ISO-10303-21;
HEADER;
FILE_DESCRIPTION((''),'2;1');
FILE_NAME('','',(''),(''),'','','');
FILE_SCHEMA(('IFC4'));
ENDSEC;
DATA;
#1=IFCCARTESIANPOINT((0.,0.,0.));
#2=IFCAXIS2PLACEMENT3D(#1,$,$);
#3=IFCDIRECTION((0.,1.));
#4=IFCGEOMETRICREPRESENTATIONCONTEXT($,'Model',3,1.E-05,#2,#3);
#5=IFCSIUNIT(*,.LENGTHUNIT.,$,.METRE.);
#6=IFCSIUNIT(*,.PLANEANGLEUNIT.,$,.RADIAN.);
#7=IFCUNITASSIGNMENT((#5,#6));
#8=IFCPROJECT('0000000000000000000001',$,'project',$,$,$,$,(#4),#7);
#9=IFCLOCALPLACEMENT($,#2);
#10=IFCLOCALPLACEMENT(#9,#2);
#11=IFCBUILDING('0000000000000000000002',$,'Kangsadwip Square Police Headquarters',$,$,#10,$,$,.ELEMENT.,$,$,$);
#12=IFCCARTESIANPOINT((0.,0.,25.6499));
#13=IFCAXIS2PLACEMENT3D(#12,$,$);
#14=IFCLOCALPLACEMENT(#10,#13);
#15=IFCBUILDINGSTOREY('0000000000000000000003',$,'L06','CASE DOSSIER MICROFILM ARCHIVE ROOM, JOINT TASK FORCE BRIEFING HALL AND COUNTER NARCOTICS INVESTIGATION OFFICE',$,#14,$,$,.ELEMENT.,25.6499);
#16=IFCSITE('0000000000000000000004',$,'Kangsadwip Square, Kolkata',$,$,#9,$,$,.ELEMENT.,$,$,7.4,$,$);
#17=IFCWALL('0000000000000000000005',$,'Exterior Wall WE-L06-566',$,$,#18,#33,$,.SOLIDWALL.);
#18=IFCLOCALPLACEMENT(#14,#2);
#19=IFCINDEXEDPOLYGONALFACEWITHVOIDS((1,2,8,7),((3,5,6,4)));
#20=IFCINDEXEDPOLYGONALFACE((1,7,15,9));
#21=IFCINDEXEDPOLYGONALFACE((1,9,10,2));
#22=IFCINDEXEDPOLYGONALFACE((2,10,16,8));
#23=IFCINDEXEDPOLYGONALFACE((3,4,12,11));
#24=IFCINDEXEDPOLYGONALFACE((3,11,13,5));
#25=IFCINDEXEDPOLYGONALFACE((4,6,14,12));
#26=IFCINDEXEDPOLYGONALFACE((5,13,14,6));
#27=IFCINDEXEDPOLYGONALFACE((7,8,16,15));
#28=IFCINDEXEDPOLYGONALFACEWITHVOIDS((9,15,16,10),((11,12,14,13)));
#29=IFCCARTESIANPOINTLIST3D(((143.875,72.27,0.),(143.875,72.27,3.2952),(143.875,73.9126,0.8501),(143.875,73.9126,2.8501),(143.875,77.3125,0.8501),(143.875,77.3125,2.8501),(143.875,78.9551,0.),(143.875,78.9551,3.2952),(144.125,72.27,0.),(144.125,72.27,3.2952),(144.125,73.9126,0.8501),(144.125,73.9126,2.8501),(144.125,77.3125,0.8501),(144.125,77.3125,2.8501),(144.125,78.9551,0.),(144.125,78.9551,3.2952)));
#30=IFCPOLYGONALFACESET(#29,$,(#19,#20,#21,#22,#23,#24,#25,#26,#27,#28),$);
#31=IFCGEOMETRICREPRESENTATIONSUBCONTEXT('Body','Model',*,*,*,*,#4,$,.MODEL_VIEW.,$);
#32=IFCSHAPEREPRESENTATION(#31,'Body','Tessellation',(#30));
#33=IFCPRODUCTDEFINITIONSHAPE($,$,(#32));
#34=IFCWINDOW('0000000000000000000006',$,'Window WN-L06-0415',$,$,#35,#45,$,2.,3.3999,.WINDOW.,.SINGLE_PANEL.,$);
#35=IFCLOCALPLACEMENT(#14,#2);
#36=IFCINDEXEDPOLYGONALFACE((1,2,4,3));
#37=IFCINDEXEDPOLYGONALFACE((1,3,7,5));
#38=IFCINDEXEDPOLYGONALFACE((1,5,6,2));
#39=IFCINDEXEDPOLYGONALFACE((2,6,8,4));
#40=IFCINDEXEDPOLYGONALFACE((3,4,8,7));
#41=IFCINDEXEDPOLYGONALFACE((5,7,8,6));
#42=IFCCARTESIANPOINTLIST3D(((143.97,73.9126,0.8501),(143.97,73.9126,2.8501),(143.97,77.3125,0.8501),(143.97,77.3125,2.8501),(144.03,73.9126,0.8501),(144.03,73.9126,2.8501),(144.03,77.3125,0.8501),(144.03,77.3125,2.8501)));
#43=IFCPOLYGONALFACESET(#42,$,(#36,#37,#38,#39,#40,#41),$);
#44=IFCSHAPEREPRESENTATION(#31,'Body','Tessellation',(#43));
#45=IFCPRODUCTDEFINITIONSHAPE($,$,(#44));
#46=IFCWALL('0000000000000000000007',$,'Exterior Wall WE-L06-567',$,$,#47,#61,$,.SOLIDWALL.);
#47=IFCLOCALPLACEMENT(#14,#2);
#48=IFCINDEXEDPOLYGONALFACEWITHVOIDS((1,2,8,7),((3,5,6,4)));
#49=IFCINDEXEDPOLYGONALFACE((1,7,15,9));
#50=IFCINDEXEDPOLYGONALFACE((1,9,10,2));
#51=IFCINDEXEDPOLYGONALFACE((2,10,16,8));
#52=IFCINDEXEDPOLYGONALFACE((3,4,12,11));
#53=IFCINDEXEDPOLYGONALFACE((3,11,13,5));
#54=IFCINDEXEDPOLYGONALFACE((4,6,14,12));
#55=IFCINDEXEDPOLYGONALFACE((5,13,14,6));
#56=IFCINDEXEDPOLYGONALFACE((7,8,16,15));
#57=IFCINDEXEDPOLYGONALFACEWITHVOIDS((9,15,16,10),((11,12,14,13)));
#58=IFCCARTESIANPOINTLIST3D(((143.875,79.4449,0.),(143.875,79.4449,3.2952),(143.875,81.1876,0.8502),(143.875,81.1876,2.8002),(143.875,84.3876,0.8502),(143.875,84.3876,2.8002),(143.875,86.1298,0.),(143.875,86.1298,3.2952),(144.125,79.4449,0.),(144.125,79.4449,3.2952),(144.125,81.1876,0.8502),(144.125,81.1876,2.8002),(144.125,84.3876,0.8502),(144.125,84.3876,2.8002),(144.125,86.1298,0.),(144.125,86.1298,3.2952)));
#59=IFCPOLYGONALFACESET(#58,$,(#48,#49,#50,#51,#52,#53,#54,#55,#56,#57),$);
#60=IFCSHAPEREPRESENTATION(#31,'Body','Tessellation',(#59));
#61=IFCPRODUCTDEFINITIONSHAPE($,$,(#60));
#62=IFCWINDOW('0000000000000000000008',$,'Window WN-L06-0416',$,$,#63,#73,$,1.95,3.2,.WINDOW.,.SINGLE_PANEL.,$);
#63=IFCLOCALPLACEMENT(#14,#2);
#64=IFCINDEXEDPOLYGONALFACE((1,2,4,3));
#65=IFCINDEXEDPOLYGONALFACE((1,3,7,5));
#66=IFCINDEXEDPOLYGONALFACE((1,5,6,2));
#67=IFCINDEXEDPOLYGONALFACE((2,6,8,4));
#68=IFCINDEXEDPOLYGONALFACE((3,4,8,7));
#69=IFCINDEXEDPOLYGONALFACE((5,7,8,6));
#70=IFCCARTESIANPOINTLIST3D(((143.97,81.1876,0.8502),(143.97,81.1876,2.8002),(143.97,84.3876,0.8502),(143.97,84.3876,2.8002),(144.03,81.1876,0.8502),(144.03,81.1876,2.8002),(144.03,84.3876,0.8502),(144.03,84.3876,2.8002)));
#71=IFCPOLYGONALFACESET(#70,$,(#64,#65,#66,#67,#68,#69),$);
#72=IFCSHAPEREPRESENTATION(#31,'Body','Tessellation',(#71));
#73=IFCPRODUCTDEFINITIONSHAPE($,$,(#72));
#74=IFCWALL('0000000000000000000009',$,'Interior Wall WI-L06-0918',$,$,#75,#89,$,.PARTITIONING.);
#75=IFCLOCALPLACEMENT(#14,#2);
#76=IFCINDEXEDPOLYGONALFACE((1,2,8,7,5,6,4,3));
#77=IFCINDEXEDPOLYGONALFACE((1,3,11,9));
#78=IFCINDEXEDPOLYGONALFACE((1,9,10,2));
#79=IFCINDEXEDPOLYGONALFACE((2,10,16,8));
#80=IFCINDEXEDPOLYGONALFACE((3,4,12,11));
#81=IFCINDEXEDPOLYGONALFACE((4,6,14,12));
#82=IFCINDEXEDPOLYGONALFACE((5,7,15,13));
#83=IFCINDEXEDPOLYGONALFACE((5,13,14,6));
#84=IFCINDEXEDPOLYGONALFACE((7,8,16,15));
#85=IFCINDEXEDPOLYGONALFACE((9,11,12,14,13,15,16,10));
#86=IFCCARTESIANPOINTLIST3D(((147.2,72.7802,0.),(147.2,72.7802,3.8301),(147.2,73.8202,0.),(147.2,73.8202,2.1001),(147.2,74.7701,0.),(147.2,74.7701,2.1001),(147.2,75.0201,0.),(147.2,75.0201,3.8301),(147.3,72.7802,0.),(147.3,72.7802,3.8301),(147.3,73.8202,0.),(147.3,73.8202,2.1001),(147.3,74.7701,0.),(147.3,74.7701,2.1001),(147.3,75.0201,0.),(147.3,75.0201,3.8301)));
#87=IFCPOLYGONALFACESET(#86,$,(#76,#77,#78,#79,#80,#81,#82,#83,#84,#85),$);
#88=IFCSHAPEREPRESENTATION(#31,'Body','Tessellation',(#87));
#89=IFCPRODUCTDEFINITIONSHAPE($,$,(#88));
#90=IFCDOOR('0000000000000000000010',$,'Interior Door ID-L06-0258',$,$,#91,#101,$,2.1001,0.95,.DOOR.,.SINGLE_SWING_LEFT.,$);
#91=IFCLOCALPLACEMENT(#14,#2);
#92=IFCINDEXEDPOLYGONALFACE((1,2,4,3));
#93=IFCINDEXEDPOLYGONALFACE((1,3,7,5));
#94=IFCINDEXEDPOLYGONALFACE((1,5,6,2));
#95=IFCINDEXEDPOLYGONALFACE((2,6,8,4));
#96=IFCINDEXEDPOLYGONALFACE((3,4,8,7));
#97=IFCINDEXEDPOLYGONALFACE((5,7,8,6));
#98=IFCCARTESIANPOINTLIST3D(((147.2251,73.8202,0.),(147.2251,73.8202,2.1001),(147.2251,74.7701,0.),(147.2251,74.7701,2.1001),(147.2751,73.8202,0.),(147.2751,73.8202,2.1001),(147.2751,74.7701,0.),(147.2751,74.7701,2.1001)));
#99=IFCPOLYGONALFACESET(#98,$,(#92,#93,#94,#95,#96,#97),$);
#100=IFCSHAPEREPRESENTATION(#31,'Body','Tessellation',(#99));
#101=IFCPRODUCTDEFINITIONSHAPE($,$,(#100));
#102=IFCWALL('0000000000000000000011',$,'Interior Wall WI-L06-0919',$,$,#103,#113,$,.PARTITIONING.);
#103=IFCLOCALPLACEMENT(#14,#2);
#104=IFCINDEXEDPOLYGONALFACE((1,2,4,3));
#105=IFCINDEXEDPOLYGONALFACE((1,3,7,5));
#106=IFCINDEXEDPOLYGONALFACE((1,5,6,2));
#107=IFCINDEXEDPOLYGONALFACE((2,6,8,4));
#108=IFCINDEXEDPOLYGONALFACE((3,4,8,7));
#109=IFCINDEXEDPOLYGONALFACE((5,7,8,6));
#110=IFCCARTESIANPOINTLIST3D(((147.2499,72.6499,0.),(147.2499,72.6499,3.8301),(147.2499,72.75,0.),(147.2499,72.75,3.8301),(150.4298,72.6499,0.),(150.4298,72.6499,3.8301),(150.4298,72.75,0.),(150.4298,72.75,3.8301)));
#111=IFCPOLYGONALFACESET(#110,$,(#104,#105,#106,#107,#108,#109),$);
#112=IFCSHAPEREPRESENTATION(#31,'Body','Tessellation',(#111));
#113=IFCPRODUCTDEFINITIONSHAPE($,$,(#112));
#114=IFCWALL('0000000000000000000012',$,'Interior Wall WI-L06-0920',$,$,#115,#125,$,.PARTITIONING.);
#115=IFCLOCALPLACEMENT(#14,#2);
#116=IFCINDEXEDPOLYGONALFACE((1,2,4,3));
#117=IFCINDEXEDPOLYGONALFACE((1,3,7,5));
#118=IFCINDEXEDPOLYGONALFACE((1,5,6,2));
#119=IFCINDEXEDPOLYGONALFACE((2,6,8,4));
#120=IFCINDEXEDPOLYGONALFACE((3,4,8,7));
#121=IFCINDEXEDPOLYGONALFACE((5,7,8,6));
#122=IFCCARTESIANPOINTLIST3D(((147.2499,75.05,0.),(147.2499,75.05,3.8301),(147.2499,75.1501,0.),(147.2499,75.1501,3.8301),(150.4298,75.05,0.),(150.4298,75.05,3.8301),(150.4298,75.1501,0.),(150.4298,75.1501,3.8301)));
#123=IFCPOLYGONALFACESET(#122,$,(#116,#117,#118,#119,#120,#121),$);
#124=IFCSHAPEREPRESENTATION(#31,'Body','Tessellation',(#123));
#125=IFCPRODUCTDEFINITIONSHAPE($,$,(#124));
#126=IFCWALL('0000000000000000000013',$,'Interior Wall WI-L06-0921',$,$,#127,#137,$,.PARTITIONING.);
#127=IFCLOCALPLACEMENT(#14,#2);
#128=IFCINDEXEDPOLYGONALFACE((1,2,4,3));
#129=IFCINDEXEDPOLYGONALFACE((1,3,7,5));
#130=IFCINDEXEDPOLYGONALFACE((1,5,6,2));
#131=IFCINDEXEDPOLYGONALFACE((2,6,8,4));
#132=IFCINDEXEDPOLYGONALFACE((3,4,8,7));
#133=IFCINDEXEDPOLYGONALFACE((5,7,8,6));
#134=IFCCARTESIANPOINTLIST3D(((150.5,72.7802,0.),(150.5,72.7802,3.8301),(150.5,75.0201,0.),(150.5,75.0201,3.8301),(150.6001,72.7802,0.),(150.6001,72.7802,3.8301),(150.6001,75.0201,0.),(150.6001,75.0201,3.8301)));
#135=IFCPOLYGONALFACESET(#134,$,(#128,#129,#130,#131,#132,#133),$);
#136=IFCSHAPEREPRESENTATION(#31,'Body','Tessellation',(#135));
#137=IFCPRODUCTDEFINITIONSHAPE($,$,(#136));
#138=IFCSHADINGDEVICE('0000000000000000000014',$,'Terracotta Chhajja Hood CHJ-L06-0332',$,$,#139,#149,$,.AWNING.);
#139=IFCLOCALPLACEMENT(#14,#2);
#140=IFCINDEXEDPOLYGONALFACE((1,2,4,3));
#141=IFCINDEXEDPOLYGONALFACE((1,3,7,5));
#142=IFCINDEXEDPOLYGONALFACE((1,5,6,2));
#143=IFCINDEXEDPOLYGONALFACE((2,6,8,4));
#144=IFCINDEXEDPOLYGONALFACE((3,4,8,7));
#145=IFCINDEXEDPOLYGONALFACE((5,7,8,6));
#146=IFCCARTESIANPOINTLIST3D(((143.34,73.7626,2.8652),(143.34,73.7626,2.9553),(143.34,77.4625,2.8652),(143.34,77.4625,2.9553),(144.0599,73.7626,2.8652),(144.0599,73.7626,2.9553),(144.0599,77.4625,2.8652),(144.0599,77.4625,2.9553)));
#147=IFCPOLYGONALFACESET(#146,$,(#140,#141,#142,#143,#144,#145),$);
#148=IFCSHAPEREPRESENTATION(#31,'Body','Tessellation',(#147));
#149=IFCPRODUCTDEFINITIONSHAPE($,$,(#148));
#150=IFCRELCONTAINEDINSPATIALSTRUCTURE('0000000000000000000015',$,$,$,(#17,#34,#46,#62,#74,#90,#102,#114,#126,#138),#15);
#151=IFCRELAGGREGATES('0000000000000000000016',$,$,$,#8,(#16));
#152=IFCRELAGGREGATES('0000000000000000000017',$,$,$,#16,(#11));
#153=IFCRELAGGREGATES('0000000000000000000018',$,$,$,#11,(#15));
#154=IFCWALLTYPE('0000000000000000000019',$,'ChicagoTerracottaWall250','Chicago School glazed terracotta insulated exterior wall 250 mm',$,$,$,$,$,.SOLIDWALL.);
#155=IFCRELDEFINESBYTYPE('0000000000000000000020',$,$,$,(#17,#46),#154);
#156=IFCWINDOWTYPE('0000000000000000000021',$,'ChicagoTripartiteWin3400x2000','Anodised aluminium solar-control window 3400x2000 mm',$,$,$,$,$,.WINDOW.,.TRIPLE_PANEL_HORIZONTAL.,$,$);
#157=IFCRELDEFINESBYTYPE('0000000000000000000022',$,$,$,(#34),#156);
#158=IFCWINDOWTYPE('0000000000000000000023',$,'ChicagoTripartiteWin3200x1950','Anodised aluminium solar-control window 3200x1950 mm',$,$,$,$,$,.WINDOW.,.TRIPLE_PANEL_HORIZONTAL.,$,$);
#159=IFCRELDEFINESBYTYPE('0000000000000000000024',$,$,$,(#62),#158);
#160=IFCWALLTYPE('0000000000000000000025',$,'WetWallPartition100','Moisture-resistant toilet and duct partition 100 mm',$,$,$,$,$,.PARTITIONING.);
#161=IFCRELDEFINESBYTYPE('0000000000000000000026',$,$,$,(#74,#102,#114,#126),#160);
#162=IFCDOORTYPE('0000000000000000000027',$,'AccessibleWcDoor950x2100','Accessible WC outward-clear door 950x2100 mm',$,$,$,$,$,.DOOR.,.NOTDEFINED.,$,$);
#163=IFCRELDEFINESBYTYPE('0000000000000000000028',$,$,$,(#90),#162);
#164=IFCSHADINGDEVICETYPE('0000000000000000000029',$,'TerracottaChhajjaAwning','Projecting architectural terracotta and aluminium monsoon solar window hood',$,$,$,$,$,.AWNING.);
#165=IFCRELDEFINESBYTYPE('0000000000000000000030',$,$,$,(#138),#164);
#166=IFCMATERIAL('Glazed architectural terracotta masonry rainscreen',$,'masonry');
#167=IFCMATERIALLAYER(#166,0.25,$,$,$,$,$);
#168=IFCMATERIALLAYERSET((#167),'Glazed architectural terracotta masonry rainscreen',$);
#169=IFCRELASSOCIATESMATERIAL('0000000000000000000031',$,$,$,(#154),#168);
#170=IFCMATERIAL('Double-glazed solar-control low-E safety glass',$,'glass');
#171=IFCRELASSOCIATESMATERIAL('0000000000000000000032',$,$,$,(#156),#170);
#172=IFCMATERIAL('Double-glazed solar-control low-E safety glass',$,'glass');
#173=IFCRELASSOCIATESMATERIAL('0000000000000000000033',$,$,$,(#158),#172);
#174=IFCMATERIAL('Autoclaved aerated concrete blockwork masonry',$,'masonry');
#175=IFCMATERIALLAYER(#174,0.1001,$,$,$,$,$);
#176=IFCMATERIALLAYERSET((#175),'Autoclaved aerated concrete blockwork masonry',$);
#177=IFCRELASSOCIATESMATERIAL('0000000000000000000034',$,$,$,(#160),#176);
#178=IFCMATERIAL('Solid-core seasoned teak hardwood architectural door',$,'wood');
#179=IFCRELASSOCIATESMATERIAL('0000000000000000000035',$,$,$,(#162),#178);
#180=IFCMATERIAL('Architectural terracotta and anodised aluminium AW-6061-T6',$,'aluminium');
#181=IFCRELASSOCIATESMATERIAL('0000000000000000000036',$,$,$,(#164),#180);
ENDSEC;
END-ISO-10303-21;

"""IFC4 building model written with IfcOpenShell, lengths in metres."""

from ifc_helpers import new_model, si_unit, direction, frame, frame_2d, origin, origin_2d, place, context, subcontext, project, spatial, rectangle, extrude, material, layer, layer_set, type_object, element, fill, save


model = new_model("IFC4")

# Units and contexts
model_context = context("Model", 3, precision=1e-05, world=origin(), true_north=direction((0.0, 1.0)))
body_context = subcontext(model_context, "Body", "Model", "MODEL_VIEW")
ifc_project = project(units=[si_unit("LENGTHUNIT", "METRE"), si_unit("PLANEANGLEUNIT", "RADIAN")], contexts=[model_context])

# Site, building, storey
site_placement = place(None, origin())
site = spatial("IfcSite", under=ifc_project, at=site_placement, Name="Kangsadwip Square, Kolkata", CompositionType="ELEMENT", RefElevation=7.4)
building_placement = place(site_placement, origin())
building = spatial("IfcBuilding", under=site, at=building_placement, Name="Kangsadwip Square Police Headquarters", CompositionType="ELEMENT")
storey_placement = place(building_placement, frame((0.0, 0.0, 25.6499)))
storey = spatial("IfcBuildingStorey", under=building, at=storey_placement, Name="L06", Description="CASE DOSSIER MICROFILM ARCHIVE ROOM, JOINT TASK FORCE BRIEFING HALL AND COUNTER NARCOTICS INVESTIGATION OFFICE", CompositionType="ELEMENT", Elevation=25.6499)

# Walls, openings, windows
ifc_material_1 = material(Name="Glazed architectural terracotta masonry rainscreen", Category="masonry")
ifc_layer_1 = layer(ifc_material_1, 0.25)
ifc_layer_set_1 = layer_set([ifc_layer_1], Name="Glazed architectural terracotta masonry rainscreen")
wall_type_1 = type_object("IfcWallType", Name="ChicagoTerracottaWall250", Description="Chicago School glazed terracotta insulated exterior wall 250 mm", PredefinedType="SOLIDWALL", material=ifc_layer_set_1)
wall_1_placement = place(storey_placement, frame((144.0, 72.27, 0.0), z_axis=(0.0, 0.0, 1.0), x_axis=(0.0, 1.0, 0.0)))
wall_1 = element("IfcWall", 1, at=wall_1_placement, inside=storey, type_object=wall_type_1, Name="Exterior Wall WE-L06-566", PredefinedType="SOLIDWALL", context=body_context, shape_type="SweptSolid", body=[
    extrude(rectangle(XDim=6.6851, YDim=0.25, at=frame_2d((3.3425, 0.0))), origin(), (0.0, 0.0, 1.0), 3.2952),
])
opening_1_placement = place(wall_1_placement, frame((1.6426, 0.0, 0.8501)))
opening_1 = element("IfcOpeningElement", 2, at=opening_1_placement, cuts=wall_1, PredefinedType="OPENING", context=body_context, shape_type="SweptSolid", body=[
    extrude(rectangle(XDim=3.3999, YDim=2.0, at=frame_2d((1.7, 1.0))), frame((0.0, 0.135, 0.0), z_axis=(0.0, -1.0, 0.0), x_axis=(1.0, 0.0, 0.0)), (0.0, 0.0, 1.0), 0.27),
])
ifc_material_2 = material(Name="Double-glazed solar-control low-E safety glass", Category="glass")
window_type_1 = type_object("IfcWindowType", Name="ChicagoTripartiteWin3400x2000", Description="Anodised aluminium solar-control window 3400x2000 mm", PartitioningType="TRIPLE_PANEL_HORIZONTAL", PredefinedType="WINDOW", material=ifc_material_2)
window_1_placement = place(opening_1_placement, origin())
window_1 = element("IfcWindow", 3, at=window_1_placement, inside=storey, type_object=window_type_1, Name="Window WN-L06-0415", OverallHeight=2.0, OverallWidth=3.3999, PartitioningType="SINGLE_PANEL", PredefinedType="WINDOW", context=body_context, shape_type="SweptSolid", body=[
    extrude(rectangle(XDim=3.3999, YDim=2.0, at=frame_2d((1.7, 1.0))), frame((0.0, 0.03, 0.0), z_axis=(0.0, -1.0, 0.0), x_axis=(1.0, 0.0, 0.0)), (0.0, 0.0, 1.0), 0.0601),
])
fill(opening_1, window_1)
wall_2_placement = place(storey_placement, frame((144.0, 79.4451, 0.0), z_axis=(0.0, 0.0, 1.0), x_axis=(0.0, 1.0, 0.0)))
wall_2 = element("IfcWall", 4, at=wall_2_placement, inside=storey, type_object=wall_type_1, Name="Exterior Wall WE-L06-567", PredefinedType="SOLIDWALL", context=body_context, shape_type="SweptSolid", body=[
    extrude(rectangle(XDim=6.6848, YDim=0.25, at=frame_2d((3.3423, 0.0))), origin(), (0.0, 0.0, 1.0), 3.2952),
])
opening_2_placement = place(wall_2_placement, frame((1.7424, 0.0, 0.8501)))
opening_2 = element("IfcOpeningElement", 5, at=opening_2_placement, cuts=wall_2, PredefinedType="OPENING", context=body_context, shape_type="SweptSolid", body=[
    extrude(rectangle(XDim=3.2, YDim=1.95, at=frame_2d((1.6001, 0.9751))), frame((0.0, 0.135, 0.0), z_axis=(0.0, -1.0, 0.0), x_axis=(1.0, 0.0, 0.0)), (0.0, 0.0, 1.0), 0.27),
])
ifc_material_3 = material(Name="Double-glazed solar-control low-E safety glass", Category="glass")
window_type_2 = type_object("IfcWindowType", Name="ChicagoTripartiteWin3200x1950", Description="Anodised aluminium solar-control window 3200x1950 mm", PartitioningType="TRIPLE_PANEL_HORIZONTAL", PredefinedType="WINDOW", material=ifc_material_3)
window_2_placement = place(opening_2_placement, origin())
window_2 = element("IfcWindow", 6, at=window_2_placement, inside=storey, type_object=window_type_2, Name="Window WN-L06-0416", OverallHeight=1.95, OverallWidth=3.2, PartitioningType="SINGLE_PANEL", PredefinedType="WINDOW", context=body_context, shape_type="SweptSolid", body=[
    extrude(rectangle(XDim=3.2, YDim=1.95, at=frame_2d((1.6001, 0.9751))), frame((0.0, 0.03, 0.0), z_axis=(0.0, -1.0, 0.0), x_axis=(1.0, 0.0, 0.0)), (0.0, 0.0, 1.0), 0.0601),
])
fill(opening_2, window_2)

# Wall, opening, door
ifc_material_4 = material(Name="Autoclaved aerated concrete blockwork masonry", Category="masonry")
ifc_layer_2 = layer(ifc_material_4, 0.1001)
ifc_layer_set_2 = layer_set([ifc_layer_2], Name="Autoclaved aerated concrete blockwork masonry")
wall_type_2 = type_object("IfcWallType", Name="WetWallPartition100", Description="Moisture-resistant toilet and duct partition 100 mm", PredefinedType="PARTITIONING", material=ifc_layer_set_2)
wall_3_placement = place(storey_placement, frame((147.25, 72.78, 0.0), z_axis=(0.0, 0.0, 1.0), x_axis=(0.0, 1.0, 0.0)))
wall_3 = element("IfcWall", 7, at=wall_3_placement, inside=storey, type_object=wall_type_2, Name="Interior Wall WI-L06-0918", PredefinedType="PARTITIONING", context=body_context, shape_type="SweptSolid", body=[
    extrude(rectangle(XDim=2.24, YDim=0.1001, at=frame_2d((1.1201, 0.0))), origin(), (0.0, 0.0, 1.0), 3.8301),
])
opening_3_placement = place(wall_3_placement, frame((1.04, 0.0, 0.0)))
opening_3 = element("IfcOpeningElement", 8, at=opening_3_placement, cuts=wall_3, PredefinedType="OPENING", context=body_context, shape_type="SweptSolid", body=[
    extrude(rectangle(XDim=0.95, YDim=2.1001, at=frame_2d((0.4751, 1.05))), frame((0.0, 0.0601, 0.0), z_axis=(0.0, -1.0, 0.0), x_axis=(1.0, 0.0, 0.0)), (0.0, 0.0, 1.0), 0.1201),
])
ifc_material_5 = material(Name="Solid-core seasoned teak hardwood architectural door", Category="wood")
door_type_1 = type_object("IfcDoorType", Name="AccessibleWcDoor950x2100", Description="Accessible WC outward-clear door 950x2100 mm", OperationType="NOTDEFINED", PredefinedType="DOOR", material=ifc_material_5)
door_1_placement = place(opening_3_placement, origin())
door_1 = element("IfcDoor", 9, at=door_1_placement, inside=storey, type_object=door_type_1, Name="Interior Door ID-L06-0258", OperationType="SINGLE_SWING_LEFT", OverallHeight=2.1001, OverallWidth=0.95, PredefinedType="DOOR", context=body_context, shape_type="SweptSolid", body=[
    extrude(rectangle(XDim=0.95, YDim=2.1001, at=frame_2d((0.4751, 1.05))), frame((0.0, 0.0249, 0.0), z_axis=(0.0, -1.0, 0.0), x_axis=(1.0, 0.0, 0.0)), (0.0, 0.0, 1.0), 0.05),
])
fill(opening_3, door_1)

# Walls
for number, where, z_axis, x_axis, name in (
    (10, (147.25, 72.7, 0.0), (0.0, 0.0, 1.0), (1.0, 0.0, 0.0), "Interior Wall WI-L06-0919"),
    (11, (147.25, 75.1001, 0.0), (0.0, 0.0, 1.0), (1.0, 0.0, 0.0), "Interior Wall WI-L06-0920"),
):
    element("IfcWall", number, at=place(storey_placement, frame(where, z_axis=z_axis, x_axis=x_axis)), inside=storey, type_object=wall_type_2, Name=name, PredefinedType="PARTITIONING", context=body_context, shape_type="SweptSolid", body=[
        extrude(rectangle(XDim=3.1799, YDim=0.1001, at=frame_2d((1.5898, 0.0))), origin(), (0.0, 0.0, 1.0), 3.8301),
    ])
wall_4_placement = place(storey_placement, frame((150.55, 72.78, 0.0), z_axis=(0.0, 0.0, 1.0), x_axis=(0.0, 1.0, 0.0)))
element("IfcWall", 12, at=wall_4_placement, inside=storey, type_object=wall_type_2, Name="Interior Wall WI-L06-0921", PredefinedType="PARTITIONING", context=body_context, shape_type="SweptSolid", body=[
    extrude(rectangle(XDim=2.24, YDim=0.1001, at=frame_2d((1.1201, 0.0))), origin(), (0.0, 0.0, 1.0), 3.8301),
])

# Shading device
ifc_material_6 = material(Name="Architectural terracotta and anodised aluminium AW-6061-T6", Category="aluminium")
shading_device_type = type_object("IfcShadingDeviceType", Name="TerracottaChhajjaAwning", Description="Projecting architectural terracotta and aluminium monsoon solar window hood", PredefinedType="AWNING", material=ifc_material_6)
shading_device_placement = place(storey_placement, frame((143.7, 75.6125, 2.8652), z_axis=(0.0, 0.0, 1.0), x_axis=(0.0, 1.0, 0.0)))
element("IfcShadingDevice", 13, at=shading_device_placement, inside=storey, type_object=shading_device_type, Name="Terracotta Chhajja Hood CHJ-L06-0332", PredefinedType="AWNING", context=body_context, shape_type="SweptSolid", body=[
    extrude(rectangle(XDim=3.7, YDim=0.72, at=origin_2d()), origin(), (0.0, 0.0, 1.0), 0.0901),
])

save(model, "model.ifc")
